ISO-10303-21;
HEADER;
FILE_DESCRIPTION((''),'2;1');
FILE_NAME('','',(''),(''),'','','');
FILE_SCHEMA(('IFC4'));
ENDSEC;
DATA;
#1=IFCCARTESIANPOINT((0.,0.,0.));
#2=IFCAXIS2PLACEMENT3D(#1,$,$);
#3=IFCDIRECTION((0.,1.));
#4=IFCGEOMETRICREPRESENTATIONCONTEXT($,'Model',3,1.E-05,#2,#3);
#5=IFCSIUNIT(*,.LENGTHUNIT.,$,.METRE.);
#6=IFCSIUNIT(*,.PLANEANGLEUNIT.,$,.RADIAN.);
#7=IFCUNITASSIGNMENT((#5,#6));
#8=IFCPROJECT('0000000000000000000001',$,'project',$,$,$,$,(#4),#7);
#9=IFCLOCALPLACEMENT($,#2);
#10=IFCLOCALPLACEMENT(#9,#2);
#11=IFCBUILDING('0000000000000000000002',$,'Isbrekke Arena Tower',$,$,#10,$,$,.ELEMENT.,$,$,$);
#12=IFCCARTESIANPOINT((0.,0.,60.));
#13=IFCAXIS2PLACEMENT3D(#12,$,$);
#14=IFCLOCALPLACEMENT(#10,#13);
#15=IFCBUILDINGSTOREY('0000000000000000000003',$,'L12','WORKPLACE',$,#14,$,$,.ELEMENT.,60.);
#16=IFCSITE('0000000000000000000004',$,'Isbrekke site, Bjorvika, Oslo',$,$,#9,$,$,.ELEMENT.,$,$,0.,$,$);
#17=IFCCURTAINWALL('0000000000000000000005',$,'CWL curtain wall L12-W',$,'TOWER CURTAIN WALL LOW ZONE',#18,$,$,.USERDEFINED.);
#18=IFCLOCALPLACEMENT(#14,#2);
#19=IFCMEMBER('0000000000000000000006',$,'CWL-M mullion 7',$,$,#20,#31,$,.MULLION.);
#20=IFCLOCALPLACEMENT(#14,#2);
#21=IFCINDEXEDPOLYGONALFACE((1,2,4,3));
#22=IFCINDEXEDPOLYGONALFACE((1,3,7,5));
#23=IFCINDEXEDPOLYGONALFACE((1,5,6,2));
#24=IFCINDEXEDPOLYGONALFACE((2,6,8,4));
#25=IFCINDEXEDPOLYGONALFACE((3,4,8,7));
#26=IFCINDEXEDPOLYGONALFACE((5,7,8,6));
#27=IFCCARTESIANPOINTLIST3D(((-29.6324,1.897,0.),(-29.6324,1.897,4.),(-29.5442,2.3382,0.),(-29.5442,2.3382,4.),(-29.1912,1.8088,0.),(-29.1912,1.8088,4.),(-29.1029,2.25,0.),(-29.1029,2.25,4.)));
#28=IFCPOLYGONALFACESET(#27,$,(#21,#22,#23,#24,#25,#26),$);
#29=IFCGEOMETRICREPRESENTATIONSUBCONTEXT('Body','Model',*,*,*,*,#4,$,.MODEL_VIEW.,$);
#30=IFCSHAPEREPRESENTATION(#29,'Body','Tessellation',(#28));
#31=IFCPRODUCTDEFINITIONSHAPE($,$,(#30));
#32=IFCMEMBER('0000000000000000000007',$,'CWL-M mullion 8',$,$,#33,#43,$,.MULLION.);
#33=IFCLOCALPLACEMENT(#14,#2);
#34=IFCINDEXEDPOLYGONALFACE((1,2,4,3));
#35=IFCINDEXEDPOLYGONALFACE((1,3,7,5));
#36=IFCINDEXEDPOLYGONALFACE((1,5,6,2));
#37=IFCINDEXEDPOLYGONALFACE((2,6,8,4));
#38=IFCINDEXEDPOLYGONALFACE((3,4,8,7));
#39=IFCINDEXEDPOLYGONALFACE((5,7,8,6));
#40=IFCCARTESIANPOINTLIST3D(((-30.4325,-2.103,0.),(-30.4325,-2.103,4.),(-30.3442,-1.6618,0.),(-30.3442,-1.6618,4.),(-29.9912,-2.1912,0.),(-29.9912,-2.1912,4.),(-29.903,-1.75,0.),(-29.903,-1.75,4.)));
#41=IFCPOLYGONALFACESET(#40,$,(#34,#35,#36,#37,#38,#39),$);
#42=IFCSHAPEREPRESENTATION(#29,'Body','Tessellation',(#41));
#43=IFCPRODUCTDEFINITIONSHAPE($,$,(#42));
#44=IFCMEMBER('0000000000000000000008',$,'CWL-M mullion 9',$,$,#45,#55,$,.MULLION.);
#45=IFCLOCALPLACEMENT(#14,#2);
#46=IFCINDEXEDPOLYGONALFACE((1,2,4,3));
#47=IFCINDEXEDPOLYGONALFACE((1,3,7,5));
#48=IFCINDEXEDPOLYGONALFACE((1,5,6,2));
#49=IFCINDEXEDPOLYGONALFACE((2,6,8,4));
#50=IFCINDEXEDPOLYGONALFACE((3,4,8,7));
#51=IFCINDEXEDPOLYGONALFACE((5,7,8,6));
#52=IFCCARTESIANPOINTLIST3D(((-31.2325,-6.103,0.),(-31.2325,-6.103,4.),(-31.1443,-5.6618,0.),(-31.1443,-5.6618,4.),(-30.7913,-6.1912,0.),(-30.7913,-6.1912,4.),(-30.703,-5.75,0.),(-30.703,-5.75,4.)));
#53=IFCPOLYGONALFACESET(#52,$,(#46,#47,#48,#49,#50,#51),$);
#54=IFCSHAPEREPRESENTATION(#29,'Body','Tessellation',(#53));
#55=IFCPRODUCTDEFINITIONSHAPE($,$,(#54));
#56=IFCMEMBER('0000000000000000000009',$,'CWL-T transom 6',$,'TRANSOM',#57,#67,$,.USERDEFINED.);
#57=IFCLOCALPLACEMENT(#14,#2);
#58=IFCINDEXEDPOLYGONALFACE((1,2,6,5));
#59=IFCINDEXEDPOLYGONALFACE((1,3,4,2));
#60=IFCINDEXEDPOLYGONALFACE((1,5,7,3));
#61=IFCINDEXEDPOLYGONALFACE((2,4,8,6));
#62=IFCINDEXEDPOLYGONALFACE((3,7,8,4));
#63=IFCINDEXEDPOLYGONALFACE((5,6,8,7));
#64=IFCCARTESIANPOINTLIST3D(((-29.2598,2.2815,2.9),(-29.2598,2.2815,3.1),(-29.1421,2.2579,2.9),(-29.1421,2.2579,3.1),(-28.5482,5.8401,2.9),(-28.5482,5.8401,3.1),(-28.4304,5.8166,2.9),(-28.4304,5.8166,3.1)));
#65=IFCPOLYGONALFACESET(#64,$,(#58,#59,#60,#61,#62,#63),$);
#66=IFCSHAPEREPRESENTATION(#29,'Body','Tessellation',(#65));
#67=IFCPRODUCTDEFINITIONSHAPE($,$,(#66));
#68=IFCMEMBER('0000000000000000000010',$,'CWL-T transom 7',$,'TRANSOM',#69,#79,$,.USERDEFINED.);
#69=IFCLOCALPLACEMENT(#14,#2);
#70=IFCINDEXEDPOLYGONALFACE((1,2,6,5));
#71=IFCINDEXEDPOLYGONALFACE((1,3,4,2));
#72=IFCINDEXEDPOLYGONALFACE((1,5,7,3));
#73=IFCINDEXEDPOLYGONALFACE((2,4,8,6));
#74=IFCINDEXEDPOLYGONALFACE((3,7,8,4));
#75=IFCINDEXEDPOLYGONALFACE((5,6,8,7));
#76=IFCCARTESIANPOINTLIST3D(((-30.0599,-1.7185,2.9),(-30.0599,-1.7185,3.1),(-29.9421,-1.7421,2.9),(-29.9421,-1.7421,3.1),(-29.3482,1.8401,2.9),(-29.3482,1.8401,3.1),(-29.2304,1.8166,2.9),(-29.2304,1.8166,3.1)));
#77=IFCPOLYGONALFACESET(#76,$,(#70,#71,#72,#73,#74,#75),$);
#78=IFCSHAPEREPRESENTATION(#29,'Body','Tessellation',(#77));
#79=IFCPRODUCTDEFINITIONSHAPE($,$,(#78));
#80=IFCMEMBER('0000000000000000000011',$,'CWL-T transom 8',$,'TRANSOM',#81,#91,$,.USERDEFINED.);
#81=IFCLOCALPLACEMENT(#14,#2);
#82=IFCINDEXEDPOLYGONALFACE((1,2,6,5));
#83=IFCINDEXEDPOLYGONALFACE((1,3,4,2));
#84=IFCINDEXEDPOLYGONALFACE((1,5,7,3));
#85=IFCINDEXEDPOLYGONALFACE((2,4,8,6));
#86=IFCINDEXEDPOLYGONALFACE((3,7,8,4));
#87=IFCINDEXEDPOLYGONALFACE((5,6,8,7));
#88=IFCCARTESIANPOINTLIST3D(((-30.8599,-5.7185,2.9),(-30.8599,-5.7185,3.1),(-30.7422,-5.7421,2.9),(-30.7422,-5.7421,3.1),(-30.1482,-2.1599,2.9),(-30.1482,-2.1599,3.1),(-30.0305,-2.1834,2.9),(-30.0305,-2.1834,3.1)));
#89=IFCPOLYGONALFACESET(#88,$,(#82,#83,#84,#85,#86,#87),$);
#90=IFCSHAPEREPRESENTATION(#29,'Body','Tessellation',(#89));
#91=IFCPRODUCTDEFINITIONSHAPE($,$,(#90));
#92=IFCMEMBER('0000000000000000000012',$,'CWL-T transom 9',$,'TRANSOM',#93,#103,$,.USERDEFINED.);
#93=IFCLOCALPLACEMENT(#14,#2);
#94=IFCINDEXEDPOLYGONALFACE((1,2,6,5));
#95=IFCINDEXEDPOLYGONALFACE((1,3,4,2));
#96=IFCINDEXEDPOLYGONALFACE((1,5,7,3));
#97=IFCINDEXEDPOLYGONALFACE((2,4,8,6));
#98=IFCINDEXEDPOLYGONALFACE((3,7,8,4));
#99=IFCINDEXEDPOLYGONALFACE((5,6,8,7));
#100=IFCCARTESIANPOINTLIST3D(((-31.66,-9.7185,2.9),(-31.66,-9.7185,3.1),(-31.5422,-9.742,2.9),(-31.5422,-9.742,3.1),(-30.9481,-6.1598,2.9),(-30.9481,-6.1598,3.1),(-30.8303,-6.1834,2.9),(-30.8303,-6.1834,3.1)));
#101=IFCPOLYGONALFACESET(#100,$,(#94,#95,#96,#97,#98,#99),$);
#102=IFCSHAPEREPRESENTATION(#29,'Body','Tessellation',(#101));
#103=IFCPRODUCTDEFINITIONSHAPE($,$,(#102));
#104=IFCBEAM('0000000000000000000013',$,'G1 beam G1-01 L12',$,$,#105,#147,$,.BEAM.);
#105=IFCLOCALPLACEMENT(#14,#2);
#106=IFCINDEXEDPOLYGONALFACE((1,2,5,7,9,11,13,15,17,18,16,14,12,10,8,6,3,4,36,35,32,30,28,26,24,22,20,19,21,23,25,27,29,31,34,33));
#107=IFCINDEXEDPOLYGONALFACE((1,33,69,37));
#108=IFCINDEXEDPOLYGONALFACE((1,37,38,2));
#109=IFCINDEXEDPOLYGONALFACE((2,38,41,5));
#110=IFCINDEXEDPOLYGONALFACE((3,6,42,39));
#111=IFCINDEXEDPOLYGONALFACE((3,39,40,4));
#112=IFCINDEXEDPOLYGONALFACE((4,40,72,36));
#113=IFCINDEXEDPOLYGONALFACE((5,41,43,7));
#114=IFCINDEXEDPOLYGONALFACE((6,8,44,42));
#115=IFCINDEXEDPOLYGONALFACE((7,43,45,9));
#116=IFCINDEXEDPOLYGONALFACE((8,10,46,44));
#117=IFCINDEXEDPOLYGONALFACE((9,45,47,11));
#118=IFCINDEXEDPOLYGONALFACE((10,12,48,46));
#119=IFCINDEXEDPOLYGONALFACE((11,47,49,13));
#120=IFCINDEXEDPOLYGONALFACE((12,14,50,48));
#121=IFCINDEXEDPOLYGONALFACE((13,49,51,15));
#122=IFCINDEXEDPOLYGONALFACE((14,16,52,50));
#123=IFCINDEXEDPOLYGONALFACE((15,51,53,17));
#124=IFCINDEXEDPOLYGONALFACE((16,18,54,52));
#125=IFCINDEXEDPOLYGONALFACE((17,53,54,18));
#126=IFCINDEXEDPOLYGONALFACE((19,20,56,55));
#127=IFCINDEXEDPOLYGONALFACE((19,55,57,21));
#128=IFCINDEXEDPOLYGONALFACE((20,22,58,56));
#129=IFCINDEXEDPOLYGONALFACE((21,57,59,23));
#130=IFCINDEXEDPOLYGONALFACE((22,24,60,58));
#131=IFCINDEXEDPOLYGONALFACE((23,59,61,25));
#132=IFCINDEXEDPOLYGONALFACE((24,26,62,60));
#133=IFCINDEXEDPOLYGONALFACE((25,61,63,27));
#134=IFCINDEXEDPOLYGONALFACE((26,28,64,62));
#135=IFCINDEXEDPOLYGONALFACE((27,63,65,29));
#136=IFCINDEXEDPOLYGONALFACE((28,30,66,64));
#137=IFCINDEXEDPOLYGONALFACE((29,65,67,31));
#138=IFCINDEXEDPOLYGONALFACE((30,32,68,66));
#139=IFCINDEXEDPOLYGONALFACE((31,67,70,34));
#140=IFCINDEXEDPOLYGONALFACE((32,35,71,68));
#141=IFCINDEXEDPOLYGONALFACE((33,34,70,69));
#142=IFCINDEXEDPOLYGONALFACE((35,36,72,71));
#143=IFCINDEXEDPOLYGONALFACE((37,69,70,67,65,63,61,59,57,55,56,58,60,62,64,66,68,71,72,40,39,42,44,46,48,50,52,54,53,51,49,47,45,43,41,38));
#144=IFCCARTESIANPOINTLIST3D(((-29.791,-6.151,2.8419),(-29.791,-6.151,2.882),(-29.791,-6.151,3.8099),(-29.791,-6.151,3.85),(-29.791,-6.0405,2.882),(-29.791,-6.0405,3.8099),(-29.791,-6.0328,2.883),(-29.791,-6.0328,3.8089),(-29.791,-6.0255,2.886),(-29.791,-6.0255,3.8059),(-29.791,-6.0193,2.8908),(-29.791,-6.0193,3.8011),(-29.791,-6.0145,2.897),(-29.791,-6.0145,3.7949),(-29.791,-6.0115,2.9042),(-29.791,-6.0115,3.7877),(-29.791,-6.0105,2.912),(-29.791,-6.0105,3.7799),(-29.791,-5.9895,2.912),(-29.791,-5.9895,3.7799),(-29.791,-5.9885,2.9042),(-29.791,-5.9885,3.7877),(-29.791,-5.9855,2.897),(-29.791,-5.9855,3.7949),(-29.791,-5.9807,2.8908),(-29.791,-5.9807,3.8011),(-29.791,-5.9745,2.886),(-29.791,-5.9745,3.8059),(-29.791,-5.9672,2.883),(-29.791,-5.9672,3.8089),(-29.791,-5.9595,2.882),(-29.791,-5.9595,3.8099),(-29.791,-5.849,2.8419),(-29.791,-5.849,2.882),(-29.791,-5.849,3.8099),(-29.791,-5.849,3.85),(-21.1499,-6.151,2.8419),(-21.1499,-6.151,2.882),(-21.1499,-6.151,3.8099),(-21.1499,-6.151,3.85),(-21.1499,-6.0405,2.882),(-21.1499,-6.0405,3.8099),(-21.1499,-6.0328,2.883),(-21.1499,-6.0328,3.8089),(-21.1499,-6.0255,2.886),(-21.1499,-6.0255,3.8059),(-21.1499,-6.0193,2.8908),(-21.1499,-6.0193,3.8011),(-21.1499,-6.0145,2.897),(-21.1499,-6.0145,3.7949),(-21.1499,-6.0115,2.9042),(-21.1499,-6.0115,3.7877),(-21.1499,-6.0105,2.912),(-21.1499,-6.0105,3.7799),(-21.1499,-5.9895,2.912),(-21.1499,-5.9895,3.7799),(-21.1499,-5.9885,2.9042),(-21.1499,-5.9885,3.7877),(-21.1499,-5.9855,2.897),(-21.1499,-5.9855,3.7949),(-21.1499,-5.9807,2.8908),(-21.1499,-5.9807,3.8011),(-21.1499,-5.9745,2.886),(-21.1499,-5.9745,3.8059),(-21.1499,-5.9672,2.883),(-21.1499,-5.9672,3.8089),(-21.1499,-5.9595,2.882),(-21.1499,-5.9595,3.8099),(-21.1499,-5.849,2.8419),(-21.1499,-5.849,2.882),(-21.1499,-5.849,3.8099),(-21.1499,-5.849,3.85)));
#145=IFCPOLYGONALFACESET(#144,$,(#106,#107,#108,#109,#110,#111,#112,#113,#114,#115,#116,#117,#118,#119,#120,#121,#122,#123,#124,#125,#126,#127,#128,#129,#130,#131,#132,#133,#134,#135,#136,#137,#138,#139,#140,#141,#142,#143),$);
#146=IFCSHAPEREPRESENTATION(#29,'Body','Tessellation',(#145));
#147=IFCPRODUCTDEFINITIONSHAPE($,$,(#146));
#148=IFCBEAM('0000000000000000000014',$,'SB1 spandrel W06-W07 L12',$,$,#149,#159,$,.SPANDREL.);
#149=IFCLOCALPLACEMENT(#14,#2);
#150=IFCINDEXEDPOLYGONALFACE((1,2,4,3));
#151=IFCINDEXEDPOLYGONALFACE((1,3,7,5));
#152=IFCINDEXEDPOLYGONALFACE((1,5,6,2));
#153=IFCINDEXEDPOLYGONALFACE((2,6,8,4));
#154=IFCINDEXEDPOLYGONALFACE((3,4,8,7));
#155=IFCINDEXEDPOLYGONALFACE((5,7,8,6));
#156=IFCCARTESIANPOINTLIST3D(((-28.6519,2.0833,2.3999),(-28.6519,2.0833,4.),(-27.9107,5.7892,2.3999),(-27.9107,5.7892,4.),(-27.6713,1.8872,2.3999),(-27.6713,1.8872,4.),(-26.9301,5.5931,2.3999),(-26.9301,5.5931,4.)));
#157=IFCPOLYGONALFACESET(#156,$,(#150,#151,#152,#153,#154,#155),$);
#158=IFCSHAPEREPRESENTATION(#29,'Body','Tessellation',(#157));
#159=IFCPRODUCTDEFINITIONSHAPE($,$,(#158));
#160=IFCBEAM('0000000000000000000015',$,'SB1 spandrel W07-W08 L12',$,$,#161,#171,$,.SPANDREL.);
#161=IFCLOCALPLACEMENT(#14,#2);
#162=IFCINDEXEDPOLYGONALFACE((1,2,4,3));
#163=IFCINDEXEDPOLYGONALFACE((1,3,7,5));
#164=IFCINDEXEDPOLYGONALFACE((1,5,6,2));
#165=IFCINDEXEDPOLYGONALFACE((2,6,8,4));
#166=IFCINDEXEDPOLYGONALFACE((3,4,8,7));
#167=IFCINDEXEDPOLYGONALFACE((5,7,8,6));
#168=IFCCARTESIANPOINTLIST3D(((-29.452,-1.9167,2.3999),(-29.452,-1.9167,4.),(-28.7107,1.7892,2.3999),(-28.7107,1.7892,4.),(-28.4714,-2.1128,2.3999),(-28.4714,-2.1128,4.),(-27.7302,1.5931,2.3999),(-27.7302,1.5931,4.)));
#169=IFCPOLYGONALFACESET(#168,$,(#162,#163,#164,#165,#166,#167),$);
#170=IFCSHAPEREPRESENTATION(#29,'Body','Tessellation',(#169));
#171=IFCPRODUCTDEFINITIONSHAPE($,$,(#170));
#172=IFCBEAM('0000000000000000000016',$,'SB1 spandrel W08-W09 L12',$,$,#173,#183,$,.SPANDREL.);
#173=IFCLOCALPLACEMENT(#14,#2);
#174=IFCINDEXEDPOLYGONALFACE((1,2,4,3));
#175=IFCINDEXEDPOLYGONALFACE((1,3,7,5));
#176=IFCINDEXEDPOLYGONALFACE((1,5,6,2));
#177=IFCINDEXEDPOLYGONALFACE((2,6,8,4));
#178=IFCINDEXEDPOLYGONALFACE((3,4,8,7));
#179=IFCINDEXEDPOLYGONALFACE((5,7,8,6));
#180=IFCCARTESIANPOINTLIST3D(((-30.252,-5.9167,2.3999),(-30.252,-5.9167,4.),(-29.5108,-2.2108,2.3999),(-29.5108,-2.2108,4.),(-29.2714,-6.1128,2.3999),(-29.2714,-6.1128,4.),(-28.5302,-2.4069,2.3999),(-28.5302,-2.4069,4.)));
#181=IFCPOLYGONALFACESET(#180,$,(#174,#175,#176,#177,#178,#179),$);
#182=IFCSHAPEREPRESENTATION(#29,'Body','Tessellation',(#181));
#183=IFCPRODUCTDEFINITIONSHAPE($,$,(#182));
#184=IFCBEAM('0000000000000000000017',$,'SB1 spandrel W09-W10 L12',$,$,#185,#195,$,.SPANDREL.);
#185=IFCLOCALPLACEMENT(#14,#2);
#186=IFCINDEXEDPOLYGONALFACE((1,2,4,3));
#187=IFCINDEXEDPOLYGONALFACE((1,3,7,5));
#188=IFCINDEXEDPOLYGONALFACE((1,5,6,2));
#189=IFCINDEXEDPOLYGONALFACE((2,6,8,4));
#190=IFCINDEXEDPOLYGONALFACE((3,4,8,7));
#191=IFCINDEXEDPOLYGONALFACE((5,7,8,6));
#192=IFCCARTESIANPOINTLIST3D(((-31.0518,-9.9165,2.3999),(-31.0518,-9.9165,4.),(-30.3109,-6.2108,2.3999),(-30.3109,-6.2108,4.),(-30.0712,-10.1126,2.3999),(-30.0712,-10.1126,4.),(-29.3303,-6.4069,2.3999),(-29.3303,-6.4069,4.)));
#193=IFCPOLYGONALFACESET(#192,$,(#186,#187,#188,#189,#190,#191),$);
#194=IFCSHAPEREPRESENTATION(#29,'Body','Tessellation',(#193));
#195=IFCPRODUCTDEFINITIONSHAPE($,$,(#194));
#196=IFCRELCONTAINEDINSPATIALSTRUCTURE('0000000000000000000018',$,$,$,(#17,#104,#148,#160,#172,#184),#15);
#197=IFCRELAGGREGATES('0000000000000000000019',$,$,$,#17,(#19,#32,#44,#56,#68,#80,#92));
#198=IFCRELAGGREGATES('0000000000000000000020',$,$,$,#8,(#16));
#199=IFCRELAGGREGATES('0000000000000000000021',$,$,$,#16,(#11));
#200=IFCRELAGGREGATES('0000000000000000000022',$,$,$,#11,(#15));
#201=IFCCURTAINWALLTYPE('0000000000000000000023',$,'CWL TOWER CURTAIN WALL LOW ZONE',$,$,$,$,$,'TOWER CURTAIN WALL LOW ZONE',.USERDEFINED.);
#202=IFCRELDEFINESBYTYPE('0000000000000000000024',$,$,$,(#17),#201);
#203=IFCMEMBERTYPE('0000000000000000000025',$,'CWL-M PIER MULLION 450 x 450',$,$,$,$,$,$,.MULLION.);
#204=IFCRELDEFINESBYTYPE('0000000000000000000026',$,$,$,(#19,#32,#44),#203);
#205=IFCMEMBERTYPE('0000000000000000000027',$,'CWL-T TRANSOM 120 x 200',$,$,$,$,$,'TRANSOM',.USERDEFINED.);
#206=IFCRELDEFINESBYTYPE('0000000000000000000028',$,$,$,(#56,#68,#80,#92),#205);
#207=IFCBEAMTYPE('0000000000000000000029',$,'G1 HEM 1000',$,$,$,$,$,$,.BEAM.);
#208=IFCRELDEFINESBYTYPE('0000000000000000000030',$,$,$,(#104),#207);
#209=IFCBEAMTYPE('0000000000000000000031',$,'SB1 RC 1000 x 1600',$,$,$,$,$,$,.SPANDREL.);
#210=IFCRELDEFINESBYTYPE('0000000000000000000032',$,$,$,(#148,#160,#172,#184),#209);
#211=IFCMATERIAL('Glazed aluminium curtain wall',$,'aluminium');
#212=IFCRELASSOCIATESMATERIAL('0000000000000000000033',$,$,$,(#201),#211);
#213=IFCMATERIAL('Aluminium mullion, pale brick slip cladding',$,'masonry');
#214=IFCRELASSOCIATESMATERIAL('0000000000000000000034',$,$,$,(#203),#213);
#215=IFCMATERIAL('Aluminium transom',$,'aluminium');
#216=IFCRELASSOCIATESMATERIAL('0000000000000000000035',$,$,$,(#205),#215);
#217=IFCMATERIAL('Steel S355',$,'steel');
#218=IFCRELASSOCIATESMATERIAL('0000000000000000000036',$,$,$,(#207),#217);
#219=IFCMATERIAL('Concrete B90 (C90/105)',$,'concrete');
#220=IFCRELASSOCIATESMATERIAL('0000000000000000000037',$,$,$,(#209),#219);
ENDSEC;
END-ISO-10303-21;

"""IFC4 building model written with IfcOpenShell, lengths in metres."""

from ifc_helpers import new_model, si_unit, direction, frame, origin, origin_2d, place, context, subcontext, project, spatial, rectangle, i_section, extrude, material, material_profile, profile_set, type_object, element, aggregate, save


model = new_model("IFC4")

# Units and contexts
model_context = context("Model", 3, precision=1e-05, world=origin(), true_north=direction((0.0, 1.0)))
body_context = subcontext(model_context, "Body", "Model", "MODEL_VIEW")
ifc_project = project(units=[si_unit("LENGTHUNIT", "METRE"), si_unit("PLANEANGLEUNIT", "RADIAN")], contexts=[model_context])

# Site, building, storey
site_placement = place(None, origin())
site = spatial("IfcSite", under=ifc_project, at=site_placement, Name="Isbrekke site, Bjorvika, Oslo", CompositionType="ELEMENT", RefElevation=0.0)
building_placement = place(site_placement, origin())
building = spatial("IfcBuilding", under=site, at=building_placement, Name="Isbrekke Arena Tower", CompositionType="ELEMENT")
storey_placement = place(building_placement, frame((0.0, 0.0, 60.0)))
storey = spatial("IfcBuildingStorey", under=building, at=storey_placement, Name="L12", Description="WORKPLACE", CompositionType="ELEMENT", Elevation=60.0)

# Curtain wall, members
ifc_material_1 = material(Name="Glazed aluminium curtain wall", Category="aluminium")
curtain_wall_type = type_object("IfcCurtainWallType", Name="CWL TOWER CURTAIN WALL LOW ZONE", ElementType="TOWER CURTAIN WALL LOW ZONE", PredefinedType="USERDEFINED", material=ifc_material_1)
curtain_wall_placement = place(storey_placement, origin())
curtain_wall = element("IfcCurtainWall", 1, at=curtain_wall_placement, inside=storey, type_object=curtain_wall_type, Name="CWL curtain wall L12-W", ObjectType="TOWER CURTAIN WALL LOW ZONE", PredefinedType="USERDEFINED")
ifc_material_2 = material(Name="Aluminium mullion, pale brick slip cladding", Category="masonry")
ifc_material_profile_1 = material_profile(ifc_material_2, rectangle(XDim=0.45, YDim=0.45, at=origin_2d()), Name="PIER 450X450")
ifc_profile_set_1 = profile_set([ifc_material_profile_1], Name="Aluminium mullion, pale brick slip cladding")
member_type_1 = type_object("IfcMemberType", Name="CWL-M PIER MULLION 450 x 450", PredefinedType="MULLION", material=ifc_profile_set_1)
member_1_placement = place(storey_placement, frame((-29.3677, 2.0735, 0.0), z_axis=(0.0, 0.0, 1.0), x_axis=(-0.196116, -0.980581, 0.0)))
member_1 = element("IfcMember", 2, at=member_1_placement, type_object=member_type_1, Name="CWL-M mullion 7", PredefinedType="MULLION", context=body_context, shape_type="SweptSolid", body=[
    extrude(rectangle(XDim=0.45, YDim=0.45, at=origin_2d()), origin(), (0.0, 0.0, 1.0), 4.0),
])
member_2_placement = place(storey_placement, frame((-30.1677, -1.9265, 0.0), z_axis=(0.0, 0.0, 1.0), x_axis=(-0.196116, -0.980581, 0.0)))
member_2 = element("IfcMember", 3, at=member_2_placement, type_object=member_type_1, Name="CWL-M mullion 8", PredefinedType="MULLION", context=body_context, shape_type="SweptSolid", body=[
    extrude(rectangle(XDim=0.45, YDim=0.45, at=origin_2d()), origin(), (0.0, 0.0, 1.0), 4.0),
])
member_3_placement = place(storey_placement, frame((-30.9678, -5.9265, 0.0), z_axis=(0.0, 0.0, 1.0), x_axis=(-0.196116, -0.980581, 0.0)))
member_3 = element("IfcMember", 4, at=member_3_placement, type_object=member_type_1, Name="CWL-M mullion 9", PredefinedType="MULLION", context=body_context, shape_type="SweptSolid", body=[
    extrude(rectangle(XDim=0.45, YDim=0.45, at=origin_2d()), origin(), (0.0, 0.0, 1.0), 4.0),
])
ifc_material_3 = material(Name="Aluminium transom", Category="aluminium")
ifc_material_profile_2 = material_profile(ifc_material_3, rectangle(XDim=0.1201, YDim=0.2, at=origin_2d()), Name="TRANSOM 120X200")
ifc_profile_set_2 = profile_set([ifc_material_profile_2], Name="Aluminium transom")
member_type_2 = type_object("IfcMemberType", Name="CWL-T TRANSOM 120 x 200", ElementType="TRANSOM", PredefinedType="USERDEFINED", material=ifc_profile_set_2)
member_4_placement = place(storey_placement, frame((-28.4893, 5.8284, 3.0), z_axis=(-0.196103, -0.980583, 0.0), x_axis=(0.980583, -0.196103, 0.0)))
member_4 = element("IfcMember", 5, at=member_4_placement, type_object=member_type_2, Name="CWL-T transom 6", ObjectType="TRANSOM", PredefinedType="USERDEFINED", context=body_context, shape_type="SweptSolid", body=[
    extrude(rectangle(XDim=0.1201, YDim=0.2, at=origin_2d()), origin(), (0.0, 0.0, 1.0), 3.6292),
])
member_5_placement = place(storey_placement, frame((-29.2893, 1.8284, 3.0), z_axis=(-0.196103, -0.980583, 0.0), x_axis=(0.980583, -0.196103, 0.0)))
member_5 = element("IfcMember", 6, at=member_5_placement, type_object=member_type_2, Name="CWL-T transom 7", ObjectType="TRANSOM", PredefinedType="USERDEFINED", context=body_context, shape_type="SweptSolid", body=[
    extrude(rectangle(XDim=0.1201, YDim=0.2, at=origin_2d()), origin(), (0.0, 0.0, 1.0), 3.6292),
])
member_6_placement = place(storey_placement, frame((-30.0894, -2.1716, 3.0), z_axis=(-0.196103, -0.980583, 0.0), x_axis=(0.980583, -0.196103, 0.0)))
member_6 = element("IfcMember", 7, at=member_6_placement, type_object=member_type_2, Name="CWL-T transom 8", ObjectType="TRANSOM", PredefinedType="USERDEFINED", context=body_context, shape_type="SweptSolid", body=[
    extrude(rectangle(XDim=0.1201, YDim=0.2, at=origin_2d()), origin(), (0.0, 0.0, 1.0), 3.6292),
])
member_7_placement = place(storey_placement, frame((-30.8892, -6.1716, 3.0), z_axis=(-0.196168, -0.98057, 0.0), x_axis=(0.98057, -0.196168, 0.0)))
member_7 = element("IfcMember", 8, at=member_7_placement, type_object=member_type_2, Name="CWL-T transom 9", ObjectType="TRANSOM", PredefinedType="USERDEFINED", context=body_context, shape_type="SweptSolid", body=[
    extrude(rectangle(XDim=0.1201, YDim=0.2, at=origin_2d()), origin(), (0.0, 0.0, 1.0), 3.6292),
])

# Beams
ifc_material_4 = material(Name="Steel S355", Category="steel")
ifc_material_profile_3 = material_profile(ifc_material_4, i_section(OverallWidth=0.302, OverallDepth=1.0081, WebThickness=0.021, FlangeThickness=0.04, FilletRadius=0.03, at=origin_2d()), Name="HEM 1000")
ifc_profile_set_3 = profile_set([ifc_material_profile_3], Name="Steel S355")
beam_type_1 = type_object("IfcBeamType", Name="G1 HEM 1000", PredefinedType="BEAM", material=ifc_profile_set_3)
beam_1_placement = place(storey_placement, frame((-29.791, -6.0, 3.3459), z_axis=(1.0, 0.0, 0.0), x_axis=(0.0, 1.0, 0.0)))
element("IfcBeam", 9, at=beam_1_placement, inside=storey, type_object=beam_type_1, Name="G1 beam G1-01 L12", PredefinedType="BEAM", context=body_context, shape_type="SweptSolid", body=[
    extrude(i_section(OverallWidth=0.302, OverallDepth=1.0081, WebThickness=0.021, FlangeThickness=0.04, FilletRadius=0.03, at=origin_2d()), origin(), (0.0, 0.0, 1.0), 8.6411),
])
ifc_material_5 = material(Name="Concrete B90 (C90/105)", Category="concrete")
ifc_material_profile_4 = material_profile(ifc_material_5, rectangle(XDim=1.0, YDim=1.6001, at=origin_2d()), Name="RC 1000x1600")
ifc_profile_set_4 = profile_set([ifc_material_profile_4], Name="Concrete B90 (C90/105)")
beam_type_2 = type_object("IfcBeamType", Name="SB1 RC 1000 x 1600", PredefinedType="SPANDREL", material=ifc_profile_set_4)
for number, where, z_axis, x_axis, name in (
    (10, (-27.4204, 5.6912, 3.2), (-0.196129, -0.980578, 0.0), (0.980578, -0.196129, 0.0), "SB1 spandrel W06-W07 L12"),
    (11, (-28.2205, 1.6912, 3.2), (-0.196129, -0.980578, 0.0), (0.980578, -0.196129, 0.0), "SB1 spandrel W07-W08 L12"),
    (12, (-29.0205, -2.3088, 3.2), (-0.196129, -0.980578, 0.0), (0.980578, -0.196129, 0.0), "SB1 spandrel W08-W09 L12"),
):
    element("IfcBeam", number, at=place(storey_placement, frame(where, z_axis=z_axis, x_axis=x_axis)), inside=storey, type_object=beam_type_2, Name=name, PredefinedType="SPANDREL", context=body_context, shape_type="SweptSolid", body=[
        extrude(rectangle(XDim=1.0, YDim=1.6001, at=origin_2d()), origin(), (0.0, 0.0, 1.0), 3.7793),
    ])
beam_2_placement = place(storey_placement, frame((-29.8206, -6.3088, 3.2), z_axis=(-0.196066, -0.980591, 0.0), x_axis=(0.980591, -0.196066, 0.0)))
element("IfcBeam", 13, at=beam_2_placement, inside=storey, type_object=beam_type_2, Name="SB1 spandrel W09-W10 L12", PredefinedType="SPANDREL", context=body_context, shape_type="SweptSolid", body=[
    extrude(rectangle(XDim=1.0, YDim=1.6001, at=origin_2d()), origin(), (0.0, 0.0, 1.0), 3.7791),
])

aggregate(curtain_wall, [member_1, member_2, member_3, member_4, member_5, member_6, member_7])

save(model, "model.ifc")
